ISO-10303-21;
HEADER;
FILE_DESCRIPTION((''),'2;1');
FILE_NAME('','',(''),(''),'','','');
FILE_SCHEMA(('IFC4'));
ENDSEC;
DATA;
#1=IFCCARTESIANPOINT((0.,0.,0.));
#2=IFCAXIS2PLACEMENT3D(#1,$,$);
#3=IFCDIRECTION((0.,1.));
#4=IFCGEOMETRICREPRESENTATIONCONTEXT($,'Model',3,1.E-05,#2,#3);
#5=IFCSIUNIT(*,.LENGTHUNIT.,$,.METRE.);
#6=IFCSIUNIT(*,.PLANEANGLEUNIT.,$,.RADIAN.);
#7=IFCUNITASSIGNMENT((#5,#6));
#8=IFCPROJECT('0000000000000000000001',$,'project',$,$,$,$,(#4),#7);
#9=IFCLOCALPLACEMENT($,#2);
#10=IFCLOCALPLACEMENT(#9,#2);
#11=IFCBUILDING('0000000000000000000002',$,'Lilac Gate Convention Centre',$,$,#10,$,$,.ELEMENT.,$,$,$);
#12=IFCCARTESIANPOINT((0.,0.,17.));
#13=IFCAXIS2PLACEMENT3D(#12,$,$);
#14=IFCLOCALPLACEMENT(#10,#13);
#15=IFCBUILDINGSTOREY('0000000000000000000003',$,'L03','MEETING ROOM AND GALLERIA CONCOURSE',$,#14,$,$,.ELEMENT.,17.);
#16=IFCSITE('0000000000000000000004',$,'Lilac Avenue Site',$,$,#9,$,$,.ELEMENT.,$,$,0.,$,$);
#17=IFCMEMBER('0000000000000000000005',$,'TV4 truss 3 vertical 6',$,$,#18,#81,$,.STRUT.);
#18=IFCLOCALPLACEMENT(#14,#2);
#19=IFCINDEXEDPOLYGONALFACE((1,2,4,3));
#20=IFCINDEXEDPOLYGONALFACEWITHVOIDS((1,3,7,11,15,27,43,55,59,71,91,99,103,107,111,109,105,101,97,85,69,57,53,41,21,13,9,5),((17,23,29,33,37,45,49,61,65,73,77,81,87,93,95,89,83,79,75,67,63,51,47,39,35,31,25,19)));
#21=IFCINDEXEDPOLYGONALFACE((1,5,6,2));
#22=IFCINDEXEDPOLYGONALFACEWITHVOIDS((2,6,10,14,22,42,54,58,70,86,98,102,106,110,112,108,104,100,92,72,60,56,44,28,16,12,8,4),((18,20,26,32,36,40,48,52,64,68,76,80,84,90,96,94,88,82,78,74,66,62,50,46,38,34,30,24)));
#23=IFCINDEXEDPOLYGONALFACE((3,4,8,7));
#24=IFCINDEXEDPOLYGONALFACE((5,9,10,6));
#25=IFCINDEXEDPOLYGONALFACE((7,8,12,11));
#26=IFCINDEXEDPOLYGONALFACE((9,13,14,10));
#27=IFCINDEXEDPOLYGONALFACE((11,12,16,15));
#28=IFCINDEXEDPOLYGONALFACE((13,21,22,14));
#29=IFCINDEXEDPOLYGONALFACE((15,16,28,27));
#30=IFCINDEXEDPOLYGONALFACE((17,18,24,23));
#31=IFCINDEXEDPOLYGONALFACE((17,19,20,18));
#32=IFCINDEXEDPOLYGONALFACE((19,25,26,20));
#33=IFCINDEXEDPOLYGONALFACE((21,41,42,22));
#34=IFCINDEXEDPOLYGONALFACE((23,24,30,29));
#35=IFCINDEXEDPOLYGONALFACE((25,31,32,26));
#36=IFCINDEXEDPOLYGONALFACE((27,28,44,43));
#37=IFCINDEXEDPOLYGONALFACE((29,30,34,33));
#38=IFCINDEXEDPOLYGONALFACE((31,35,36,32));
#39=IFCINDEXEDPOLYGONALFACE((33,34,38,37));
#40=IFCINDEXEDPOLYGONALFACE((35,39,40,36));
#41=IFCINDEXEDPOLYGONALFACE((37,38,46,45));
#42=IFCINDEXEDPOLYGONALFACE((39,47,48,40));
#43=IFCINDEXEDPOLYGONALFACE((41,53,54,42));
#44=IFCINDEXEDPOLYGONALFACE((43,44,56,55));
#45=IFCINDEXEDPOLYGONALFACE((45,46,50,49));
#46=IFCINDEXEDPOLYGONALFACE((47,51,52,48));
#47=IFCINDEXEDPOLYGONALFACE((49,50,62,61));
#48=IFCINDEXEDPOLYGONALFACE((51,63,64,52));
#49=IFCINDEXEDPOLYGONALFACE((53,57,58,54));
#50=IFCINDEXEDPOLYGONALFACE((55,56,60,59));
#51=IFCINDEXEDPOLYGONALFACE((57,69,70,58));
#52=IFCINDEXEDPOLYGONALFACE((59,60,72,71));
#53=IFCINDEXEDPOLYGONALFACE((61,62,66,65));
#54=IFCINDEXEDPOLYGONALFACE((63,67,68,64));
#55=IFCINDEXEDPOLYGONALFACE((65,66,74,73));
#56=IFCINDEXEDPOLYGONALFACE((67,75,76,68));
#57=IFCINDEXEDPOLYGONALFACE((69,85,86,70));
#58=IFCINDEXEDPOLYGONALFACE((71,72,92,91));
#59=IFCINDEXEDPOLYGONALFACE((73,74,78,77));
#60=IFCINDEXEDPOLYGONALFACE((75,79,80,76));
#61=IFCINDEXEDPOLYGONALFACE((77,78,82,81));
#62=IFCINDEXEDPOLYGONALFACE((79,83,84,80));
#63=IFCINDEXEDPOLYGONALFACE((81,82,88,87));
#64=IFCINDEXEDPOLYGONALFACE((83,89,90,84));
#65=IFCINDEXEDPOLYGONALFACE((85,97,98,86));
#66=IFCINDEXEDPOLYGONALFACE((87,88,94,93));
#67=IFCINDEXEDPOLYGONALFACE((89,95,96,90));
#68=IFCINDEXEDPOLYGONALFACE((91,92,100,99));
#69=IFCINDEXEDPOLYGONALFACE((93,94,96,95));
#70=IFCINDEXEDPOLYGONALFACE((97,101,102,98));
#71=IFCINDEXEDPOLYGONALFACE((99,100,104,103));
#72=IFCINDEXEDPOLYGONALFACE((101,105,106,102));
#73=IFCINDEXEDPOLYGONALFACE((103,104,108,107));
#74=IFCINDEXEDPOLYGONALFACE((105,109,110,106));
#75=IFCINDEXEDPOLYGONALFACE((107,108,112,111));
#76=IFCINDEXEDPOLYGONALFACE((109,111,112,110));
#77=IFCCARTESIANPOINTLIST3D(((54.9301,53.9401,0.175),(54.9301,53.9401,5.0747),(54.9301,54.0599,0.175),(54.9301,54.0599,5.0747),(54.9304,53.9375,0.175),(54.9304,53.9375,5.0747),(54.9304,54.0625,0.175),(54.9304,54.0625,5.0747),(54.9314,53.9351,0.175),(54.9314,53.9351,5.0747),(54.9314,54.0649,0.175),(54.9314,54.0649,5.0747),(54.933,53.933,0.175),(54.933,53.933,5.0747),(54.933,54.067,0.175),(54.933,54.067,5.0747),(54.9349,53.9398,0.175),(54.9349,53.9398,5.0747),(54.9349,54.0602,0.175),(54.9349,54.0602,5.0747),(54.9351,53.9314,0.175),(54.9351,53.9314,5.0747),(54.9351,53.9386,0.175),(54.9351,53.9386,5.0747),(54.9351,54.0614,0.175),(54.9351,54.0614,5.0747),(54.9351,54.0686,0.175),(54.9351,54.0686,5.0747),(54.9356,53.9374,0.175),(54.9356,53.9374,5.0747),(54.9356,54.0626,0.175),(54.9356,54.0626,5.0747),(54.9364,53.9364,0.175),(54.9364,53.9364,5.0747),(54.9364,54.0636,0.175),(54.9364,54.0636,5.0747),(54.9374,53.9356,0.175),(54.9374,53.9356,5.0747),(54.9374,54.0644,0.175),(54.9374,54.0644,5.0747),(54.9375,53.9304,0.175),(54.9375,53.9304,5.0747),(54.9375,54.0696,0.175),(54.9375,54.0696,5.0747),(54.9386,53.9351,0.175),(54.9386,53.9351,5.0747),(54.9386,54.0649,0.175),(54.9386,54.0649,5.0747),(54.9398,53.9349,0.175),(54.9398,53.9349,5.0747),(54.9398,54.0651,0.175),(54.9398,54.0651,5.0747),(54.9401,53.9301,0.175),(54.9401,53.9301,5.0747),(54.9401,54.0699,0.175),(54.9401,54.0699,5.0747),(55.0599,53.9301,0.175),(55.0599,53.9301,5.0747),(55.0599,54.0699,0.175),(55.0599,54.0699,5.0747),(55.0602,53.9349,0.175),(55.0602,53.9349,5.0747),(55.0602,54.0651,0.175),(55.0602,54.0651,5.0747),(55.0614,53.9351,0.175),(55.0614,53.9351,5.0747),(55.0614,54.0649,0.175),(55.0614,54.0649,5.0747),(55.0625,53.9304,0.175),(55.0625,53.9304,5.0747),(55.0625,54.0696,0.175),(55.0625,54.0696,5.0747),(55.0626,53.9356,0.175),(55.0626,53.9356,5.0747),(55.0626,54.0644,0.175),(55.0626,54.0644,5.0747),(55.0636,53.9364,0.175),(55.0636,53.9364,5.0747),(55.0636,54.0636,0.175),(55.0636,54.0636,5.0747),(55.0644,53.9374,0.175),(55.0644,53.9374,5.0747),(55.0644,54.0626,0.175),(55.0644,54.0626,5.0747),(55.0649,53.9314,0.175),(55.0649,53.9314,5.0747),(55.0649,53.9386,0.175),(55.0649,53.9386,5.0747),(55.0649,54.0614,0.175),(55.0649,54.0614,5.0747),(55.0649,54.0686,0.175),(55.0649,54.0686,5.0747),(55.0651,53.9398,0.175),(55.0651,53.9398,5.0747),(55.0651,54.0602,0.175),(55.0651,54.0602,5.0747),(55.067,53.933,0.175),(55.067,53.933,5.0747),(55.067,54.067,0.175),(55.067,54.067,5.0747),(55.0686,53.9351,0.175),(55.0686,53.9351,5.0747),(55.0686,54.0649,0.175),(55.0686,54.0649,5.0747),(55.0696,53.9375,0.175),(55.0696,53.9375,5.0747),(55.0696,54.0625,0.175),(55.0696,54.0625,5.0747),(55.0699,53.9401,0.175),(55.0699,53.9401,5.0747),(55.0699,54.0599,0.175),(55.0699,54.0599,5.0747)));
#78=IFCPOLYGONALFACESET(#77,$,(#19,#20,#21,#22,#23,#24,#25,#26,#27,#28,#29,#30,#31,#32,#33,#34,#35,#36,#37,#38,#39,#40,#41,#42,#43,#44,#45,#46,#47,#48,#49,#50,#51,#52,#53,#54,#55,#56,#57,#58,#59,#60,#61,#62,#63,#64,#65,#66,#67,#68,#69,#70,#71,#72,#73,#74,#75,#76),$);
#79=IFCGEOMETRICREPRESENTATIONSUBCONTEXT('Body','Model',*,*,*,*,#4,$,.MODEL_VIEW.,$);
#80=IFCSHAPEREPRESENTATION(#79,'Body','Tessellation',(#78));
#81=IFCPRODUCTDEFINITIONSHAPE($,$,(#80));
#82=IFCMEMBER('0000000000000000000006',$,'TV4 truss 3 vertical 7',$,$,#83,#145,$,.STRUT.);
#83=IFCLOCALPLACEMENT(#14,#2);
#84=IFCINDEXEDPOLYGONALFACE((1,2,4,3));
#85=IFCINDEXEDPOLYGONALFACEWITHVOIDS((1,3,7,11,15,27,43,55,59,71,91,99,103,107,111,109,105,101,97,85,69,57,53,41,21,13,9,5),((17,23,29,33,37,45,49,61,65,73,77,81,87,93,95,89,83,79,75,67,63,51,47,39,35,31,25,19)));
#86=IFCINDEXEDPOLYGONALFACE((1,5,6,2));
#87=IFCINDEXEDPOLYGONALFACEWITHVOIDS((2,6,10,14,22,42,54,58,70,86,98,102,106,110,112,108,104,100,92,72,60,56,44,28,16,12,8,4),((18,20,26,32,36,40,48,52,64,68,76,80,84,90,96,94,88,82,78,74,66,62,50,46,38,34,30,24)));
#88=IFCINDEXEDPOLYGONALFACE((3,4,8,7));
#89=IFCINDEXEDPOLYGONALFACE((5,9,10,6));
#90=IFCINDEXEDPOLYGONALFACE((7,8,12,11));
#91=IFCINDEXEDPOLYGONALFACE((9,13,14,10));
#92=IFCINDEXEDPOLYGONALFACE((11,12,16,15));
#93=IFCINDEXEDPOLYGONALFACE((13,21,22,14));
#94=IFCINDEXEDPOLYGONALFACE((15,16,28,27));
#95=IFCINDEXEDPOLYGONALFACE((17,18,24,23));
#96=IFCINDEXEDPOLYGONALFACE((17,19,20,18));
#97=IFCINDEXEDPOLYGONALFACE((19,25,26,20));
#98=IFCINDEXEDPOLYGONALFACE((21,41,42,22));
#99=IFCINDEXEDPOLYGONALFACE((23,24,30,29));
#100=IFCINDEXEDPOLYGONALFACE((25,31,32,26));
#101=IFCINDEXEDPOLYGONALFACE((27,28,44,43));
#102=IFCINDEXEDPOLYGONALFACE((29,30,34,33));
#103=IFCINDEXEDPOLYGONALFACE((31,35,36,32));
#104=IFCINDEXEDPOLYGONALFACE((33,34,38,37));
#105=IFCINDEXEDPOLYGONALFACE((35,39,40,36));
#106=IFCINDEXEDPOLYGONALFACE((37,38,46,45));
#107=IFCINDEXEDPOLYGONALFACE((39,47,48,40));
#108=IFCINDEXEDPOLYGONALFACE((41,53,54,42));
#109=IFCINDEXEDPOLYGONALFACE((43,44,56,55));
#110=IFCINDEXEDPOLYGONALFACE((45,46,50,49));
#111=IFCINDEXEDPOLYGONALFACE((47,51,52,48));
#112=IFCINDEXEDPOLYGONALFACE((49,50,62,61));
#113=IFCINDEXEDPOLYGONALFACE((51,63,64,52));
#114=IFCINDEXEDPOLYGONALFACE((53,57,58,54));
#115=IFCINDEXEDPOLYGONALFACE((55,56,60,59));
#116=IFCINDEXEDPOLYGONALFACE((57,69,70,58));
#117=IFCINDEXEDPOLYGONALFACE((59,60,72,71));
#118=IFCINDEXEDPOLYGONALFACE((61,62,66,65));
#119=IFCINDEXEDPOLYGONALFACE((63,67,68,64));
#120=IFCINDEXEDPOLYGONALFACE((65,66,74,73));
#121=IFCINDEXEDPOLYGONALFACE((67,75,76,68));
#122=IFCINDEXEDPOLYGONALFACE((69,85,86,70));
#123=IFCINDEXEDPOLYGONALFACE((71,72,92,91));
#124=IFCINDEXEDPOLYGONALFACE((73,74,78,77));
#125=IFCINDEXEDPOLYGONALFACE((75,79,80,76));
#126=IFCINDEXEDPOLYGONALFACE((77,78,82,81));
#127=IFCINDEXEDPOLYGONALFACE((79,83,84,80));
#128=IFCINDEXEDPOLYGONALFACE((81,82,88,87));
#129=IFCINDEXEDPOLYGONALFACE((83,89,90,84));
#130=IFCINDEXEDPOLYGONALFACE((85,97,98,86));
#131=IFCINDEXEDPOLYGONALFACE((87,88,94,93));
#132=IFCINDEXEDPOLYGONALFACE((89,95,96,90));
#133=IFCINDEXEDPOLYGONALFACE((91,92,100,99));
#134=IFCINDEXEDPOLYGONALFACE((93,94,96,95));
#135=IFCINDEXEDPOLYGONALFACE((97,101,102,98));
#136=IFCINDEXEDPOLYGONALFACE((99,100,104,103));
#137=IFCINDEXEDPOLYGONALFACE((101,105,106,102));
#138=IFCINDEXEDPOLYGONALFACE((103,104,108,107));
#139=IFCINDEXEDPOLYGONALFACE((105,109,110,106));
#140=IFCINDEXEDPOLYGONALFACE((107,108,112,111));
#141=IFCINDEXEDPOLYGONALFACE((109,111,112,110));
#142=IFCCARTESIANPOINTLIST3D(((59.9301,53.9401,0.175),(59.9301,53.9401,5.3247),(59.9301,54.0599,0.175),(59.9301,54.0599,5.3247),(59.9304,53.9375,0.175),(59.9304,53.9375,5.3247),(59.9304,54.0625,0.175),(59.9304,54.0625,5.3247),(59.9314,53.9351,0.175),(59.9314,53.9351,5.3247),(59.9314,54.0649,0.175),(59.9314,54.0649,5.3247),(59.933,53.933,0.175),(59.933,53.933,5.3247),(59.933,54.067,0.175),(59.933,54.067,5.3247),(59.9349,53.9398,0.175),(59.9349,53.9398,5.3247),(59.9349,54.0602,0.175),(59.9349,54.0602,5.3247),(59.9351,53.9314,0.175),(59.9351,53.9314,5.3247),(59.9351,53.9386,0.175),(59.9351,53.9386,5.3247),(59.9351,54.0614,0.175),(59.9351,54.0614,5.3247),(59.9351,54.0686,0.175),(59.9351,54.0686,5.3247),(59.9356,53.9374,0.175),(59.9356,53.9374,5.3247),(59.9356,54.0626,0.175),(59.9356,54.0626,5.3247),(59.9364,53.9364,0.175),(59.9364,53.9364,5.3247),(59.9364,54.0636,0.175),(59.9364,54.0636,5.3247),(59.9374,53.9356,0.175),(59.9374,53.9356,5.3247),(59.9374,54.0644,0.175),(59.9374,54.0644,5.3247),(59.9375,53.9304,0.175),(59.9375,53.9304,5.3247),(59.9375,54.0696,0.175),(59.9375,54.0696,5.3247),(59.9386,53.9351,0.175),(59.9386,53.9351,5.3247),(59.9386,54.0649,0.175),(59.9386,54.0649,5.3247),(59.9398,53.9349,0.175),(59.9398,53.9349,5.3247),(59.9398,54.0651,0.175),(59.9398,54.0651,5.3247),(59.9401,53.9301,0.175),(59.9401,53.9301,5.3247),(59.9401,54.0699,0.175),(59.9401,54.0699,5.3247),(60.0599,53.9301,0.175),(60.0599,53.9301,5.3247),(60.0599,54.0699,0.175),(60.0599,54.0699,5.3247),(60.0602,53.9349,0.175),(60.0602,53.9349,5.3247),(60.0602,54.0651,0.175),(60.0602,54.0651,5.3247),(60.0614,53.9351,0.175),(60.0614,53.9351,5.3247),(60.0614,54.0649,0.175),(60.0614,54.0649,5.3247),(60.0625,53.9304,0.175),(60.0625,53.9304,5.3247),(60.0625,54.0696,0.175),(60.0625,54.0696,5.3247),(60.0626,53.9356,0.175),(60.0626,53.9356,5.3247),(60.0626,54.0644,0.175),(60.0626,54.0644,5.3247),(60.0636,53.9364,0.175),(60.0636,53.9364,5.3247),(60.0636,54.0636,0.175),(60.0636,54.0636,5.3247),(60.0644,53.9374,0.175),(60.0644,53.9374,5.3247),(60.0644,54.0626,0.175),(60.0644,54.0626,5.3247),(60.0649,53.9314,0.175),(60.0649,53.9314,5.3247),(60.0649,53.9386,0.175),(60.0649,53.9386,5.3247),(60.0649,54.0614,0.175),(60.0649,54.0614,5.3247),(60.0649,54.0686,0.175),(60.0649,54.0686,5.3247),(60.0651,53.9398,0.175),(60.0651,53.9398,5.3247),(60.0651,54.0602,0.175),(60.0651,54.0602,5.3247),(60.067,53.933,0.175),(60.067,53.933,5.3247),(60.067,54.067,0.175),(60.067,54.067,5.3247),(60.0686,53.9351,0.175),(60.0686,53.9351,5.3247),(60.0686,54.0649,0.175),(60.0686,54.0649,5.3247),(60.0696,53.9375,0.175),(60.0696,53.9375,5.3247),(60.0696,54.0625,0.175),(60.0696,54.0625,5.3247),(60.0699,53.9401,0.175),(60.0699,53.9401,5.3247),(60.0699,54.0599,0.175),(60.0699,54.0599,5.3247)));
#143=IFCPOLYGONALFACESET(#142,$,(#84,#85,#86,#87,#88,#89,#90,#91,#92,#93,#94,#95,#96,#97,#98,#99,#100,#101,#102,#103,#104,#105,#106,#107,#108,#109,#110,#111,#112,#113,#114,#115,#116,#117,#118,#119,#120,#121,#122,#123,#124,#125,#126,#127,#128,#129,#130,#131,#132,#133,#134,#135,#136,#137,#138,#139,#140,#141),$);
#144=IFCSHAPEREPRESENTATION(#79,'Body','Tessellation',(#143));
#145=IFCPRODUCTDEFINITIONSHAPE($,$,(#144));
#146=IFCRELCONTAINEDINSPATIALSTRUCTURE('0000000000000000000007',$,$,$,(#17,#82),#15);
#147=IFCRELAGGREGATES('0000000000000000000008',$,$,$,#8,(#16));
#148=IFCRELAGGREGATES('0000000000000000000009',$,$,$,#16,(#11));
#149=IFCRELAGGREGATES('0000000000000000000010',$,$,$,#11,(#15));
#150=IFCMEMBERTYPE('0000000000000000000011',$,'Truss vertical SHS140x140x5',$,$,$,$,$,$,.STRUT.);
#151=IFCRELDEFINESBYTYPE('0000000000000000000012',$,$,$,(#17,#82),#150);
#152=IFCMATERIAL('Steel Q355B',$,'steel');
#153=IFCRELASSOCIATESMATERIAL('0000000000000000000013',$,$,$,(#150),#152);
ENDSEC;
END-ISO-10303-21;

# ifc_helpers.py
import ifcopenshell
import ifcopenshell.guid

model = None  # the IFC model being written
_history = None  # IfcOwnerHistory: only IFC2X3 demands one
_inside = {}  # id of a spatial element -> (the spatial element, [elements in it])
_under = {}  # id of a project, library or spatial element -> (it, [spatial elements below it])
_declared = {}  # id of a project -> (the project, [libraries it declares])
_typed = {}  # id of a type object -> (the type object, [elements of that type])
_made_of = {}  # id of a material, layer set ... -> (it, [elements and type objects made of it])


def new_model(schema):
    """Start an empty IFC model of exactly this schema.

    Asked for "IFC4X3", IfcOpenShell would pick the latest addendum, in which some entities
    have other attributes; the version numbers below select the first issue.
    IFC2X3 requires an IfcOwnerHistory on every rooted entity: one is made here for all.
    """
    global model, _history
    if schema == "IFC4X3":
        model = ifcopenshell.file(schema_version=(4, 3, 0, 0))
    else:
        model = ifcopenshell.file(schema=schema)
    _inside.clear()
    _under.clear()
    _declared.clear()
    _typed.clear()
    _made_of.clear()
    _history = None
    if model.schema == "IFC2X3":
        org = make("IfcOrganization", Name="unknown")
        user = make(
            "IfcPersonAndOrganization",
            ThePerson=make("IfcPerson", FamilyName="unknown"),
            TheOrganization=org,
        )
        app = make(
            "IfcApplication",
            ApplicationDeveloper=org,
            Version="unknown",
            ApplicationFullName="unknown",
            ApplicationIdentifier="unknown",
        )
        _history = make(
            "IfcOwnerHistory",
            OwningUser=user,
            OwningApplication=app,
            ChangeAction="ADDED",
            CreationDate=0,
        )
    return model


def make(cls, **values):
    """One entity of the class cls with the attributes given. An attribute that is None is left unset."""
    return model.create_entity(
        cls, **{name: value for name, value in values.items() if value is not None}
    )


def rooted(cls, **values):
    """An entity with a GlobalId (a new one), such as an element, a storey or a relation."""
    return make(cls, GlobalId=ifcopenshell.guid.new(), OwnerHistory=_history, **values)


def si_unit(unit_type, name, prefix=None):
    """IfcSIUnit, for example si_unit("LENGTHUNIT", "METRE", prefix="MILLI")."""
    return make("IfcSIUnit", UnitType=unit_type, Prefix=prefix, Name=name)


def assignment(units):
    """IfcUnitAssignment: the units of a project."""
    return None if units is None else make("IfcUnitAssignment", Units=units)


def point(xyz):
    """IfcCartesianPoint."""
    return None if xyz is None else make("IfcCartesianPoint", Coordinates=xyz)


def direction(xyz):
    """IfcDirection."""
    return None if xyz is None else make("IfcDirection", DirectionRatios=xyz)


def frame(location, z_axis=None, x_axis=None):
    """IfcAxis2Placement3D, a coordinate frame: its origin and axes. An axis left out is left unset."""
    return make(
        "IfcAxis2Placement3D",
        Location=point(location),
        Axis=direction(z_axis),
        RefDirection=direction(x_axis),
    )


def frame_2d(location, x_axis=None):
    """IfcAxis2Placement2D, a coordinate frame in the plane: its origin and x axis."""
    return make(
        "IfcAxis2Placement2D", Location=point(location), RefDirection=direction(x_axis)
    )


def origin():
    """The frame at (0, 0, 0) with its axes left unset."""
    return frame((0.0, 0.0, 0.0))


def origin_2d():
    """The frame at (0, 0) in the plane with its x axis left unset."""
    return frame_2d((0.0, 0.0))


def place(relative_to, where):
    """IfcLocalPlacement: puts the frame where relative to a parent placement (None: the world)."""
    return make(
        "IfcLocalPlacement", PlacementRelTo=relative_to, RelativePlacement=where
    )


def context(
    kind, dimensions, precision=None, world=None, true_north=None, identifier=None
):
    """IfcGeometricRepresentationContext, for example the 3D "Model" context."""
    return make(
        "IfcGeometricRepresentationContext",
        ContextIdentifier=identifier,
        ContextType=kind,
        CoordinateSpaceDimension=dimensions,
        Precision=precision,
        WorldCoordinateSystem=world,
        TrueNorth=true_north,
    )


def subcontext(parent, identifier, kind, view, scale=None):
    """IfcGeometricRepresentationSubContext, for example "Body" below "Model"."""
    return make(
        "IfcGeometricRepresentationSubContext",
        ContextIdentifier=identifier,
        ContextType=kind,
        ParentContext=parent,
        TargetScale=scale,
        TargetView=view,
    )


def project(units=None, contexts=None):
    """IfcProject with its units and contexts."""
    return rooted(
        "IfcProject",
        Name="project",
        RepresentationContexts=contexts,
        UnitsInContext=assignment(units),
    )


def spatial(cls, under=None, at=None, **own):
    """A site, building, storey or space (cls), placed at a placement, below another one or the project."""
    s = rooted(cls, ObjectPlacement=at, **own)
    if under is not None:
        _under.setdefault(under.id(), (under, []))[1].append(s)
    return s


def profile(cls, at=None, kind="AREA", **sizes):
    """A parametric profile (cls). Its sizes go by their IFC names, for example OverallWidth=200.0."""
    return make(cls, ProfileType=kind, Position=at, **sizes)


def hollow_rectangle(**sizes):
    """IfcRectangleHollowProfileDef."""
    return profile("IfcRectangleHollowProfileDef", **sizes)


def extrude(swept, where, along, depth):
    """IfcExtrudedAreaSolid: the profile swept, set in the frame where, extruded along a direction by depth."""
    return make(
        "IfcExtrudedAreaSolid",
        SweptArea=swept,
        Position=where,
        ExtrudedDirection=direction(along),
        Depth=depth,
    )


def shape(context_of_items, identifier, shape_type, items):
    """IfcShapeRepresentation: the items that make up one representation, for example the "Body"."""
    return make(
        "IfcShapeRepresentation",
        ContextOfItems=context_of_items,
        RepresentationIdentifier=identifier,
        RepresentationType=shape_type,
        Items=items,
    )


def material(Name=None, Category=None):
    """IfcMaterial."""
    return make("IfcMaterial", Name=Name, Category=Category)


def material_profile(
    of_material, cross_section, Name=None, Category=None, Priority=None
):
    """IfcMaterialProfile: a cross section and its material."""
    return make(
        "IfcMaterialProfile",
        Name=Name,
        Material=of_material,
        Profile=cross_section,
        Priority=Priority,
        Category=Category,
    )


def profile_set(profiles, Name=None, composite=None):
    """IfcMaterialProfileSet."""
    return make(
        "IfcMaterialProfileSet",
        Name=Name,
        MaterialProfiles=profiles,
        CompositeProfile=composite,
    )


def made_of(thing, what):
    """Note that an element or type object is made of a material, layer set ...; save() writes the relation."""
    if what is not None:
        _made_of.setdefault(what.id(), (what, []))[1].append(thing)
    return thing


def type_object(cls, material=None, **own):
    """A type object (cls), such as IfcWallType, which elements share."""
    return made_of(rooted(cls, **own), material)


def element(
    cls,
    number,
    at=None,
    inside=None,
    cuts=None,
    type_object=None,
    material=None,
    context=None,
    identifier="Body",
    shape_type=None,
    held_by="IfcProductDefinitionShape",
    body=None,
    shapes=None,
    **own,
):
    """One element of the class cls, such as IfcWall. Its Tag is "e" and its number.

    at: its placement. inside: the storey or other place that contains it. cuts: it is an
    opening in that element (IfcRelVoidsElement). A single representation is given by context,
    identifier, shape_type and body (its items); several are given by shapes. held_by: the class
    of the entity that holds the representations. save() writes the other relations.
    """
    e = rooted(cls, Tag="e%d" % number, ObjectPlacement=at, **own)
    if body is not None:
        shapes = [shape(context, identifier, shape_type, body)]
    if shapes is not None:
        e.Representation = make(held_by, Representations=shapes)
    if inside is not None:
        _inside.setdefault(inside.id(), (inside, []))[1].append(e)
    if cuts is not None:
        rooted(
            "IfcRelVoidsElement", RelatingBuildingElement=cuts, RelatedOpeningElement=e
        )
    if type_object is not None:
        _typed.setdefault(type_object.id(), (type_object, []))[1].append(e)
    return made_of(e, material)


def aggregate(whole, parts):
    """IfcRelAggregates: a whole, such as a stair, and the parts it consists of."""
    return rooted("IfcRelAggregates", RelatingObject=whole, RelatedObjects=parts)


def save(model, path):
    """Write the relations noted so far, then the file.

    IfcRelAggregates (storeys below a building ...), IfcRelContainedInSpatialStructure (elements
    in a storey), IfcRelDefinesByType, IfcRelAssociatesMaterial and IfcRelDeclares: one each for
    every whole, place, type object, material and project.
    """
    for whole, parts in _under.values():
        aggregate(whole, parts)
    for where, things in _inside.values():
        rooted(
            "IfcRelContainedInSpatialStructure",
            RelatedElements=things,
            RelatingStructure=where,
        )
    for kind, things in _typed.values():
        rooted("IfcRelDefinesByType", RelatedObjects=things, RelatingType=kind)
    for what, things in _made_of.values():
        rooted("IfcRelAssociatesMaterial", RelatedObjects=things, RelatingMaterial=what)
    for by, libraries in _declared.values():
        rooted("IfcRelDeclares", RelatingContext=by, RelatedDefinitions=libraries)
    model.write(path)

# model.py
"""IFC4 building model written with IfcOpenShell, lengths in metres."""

from ifc_helpers import new_model, si_unit, direction, frame, origin, origin_2d, place, context, subcontext, project, spatial, hollow_rectangle, extrude, material, material_profile, profile_set, type_object, element, save


model = new_model("IFC4")

# Units and contexts
model_context = context("Model", 3, precision=1e-05, world=origin(), true_north=direction((0.0, 1.0)))
body_context = subcontext(model_context, "Body", "Model", "MODEL_VIEW")
ifc_project = project(units=[si_unit("LENGTHUNIT", "METRE"), si_unit("PLANEANGLEUNIT", "RADIAN")], contexts=[model_context])

# Site, building, storey
site_placement = place(None, origin())
site = spatial("IfcSite", under=ifc_project, at=site_placement, Name="Lilac Avenue Site", CompositionType="ELEMENT", RefElevation=0.0)
building_placement = place(site_placement, origin())
building = spatial("IfcBuilding", under=site, at=building_placement, Name="Lilac Gate Convention Centre", CompositionType="ELEMENT")
storey_placement = place(building_placement, frame((0.0, 0.0, 17.0)))
storey = spatial("IfcBuildingStorey", under=building, at=storey_placement, Name="L03", Description="MEETING ROOM AND GALLERIA CONCOURSE", CompositionType="ELEMENT", Elevation=17.0)

# Members
ifc_material = material(Name="Steel Q355B", Category="steel")
ifc_material_profile_1 = material_profile(ifc_material, hollow_rectangle(XDim=0.1399, YDim=0.1399, WallThickness=0.0049, InnerFilletRadius=0.0049, OuterFilletRadius=0.01, at=origin_2d()), Name="SHS140x140x5")
ifc_profile_set_1 = profile_set([ifc_material_profile_1], Name="Steel Q355B")
member_type_1 = type_object("IfcMemberType", Name="Truss vertical SHS140x140x5", PredefinedType="STRUT", material=ifc_profile_set_1)
member_1_placement = place(storey_placement, frame((55.0, 54.0, 0.175), z_axis=(0.0, 0.0, 1.0), x_axis=(1.0, 0.0, 0.0)))
element("IfcMember", 1, at=member_1_placement, inside=storey, type_object=member_type_1, Name="TV4 truss 3 vertical 6", PredefinedType="STRUT", context=body_context, shape_type="SweptSolid", body=[
    extrude(hollow_rectangle(XDim=0.1399, YDim=0.1399, WallThickness=0.0049, InnerFilletRadius=0.0049, OuterFilletRadius=0.01, at=origin_2d()), origin(), (0.0, 0.0, 1.0), 4.8997),
])
member_2_placement = place(storey_placement, frame((60.0, 54.0, 0.175), z_axis=(0.0, 0.0, 1.0), x_axis=(1.0, 0.0, 0.0)))
element("IfcMember", 2, at=member_2_placement, inside=storey, type_object=member_type_1, Name="TV4 truss 3 vertical 7", PredefinedType="STRUT", context=body_context, shape_type="SweptSolid", body=[
    extrude(hollow_rectangle(XDim=0.1399, YDim=0.1399, WallThickness=0.0049, InnerFilletRadius=0.0049, OuterFilletRadius=0.01, at=origin_2d()), origin(), (0.0, 0.0, 1.0), 5.1497),
])

save(model, "model.ifc")
